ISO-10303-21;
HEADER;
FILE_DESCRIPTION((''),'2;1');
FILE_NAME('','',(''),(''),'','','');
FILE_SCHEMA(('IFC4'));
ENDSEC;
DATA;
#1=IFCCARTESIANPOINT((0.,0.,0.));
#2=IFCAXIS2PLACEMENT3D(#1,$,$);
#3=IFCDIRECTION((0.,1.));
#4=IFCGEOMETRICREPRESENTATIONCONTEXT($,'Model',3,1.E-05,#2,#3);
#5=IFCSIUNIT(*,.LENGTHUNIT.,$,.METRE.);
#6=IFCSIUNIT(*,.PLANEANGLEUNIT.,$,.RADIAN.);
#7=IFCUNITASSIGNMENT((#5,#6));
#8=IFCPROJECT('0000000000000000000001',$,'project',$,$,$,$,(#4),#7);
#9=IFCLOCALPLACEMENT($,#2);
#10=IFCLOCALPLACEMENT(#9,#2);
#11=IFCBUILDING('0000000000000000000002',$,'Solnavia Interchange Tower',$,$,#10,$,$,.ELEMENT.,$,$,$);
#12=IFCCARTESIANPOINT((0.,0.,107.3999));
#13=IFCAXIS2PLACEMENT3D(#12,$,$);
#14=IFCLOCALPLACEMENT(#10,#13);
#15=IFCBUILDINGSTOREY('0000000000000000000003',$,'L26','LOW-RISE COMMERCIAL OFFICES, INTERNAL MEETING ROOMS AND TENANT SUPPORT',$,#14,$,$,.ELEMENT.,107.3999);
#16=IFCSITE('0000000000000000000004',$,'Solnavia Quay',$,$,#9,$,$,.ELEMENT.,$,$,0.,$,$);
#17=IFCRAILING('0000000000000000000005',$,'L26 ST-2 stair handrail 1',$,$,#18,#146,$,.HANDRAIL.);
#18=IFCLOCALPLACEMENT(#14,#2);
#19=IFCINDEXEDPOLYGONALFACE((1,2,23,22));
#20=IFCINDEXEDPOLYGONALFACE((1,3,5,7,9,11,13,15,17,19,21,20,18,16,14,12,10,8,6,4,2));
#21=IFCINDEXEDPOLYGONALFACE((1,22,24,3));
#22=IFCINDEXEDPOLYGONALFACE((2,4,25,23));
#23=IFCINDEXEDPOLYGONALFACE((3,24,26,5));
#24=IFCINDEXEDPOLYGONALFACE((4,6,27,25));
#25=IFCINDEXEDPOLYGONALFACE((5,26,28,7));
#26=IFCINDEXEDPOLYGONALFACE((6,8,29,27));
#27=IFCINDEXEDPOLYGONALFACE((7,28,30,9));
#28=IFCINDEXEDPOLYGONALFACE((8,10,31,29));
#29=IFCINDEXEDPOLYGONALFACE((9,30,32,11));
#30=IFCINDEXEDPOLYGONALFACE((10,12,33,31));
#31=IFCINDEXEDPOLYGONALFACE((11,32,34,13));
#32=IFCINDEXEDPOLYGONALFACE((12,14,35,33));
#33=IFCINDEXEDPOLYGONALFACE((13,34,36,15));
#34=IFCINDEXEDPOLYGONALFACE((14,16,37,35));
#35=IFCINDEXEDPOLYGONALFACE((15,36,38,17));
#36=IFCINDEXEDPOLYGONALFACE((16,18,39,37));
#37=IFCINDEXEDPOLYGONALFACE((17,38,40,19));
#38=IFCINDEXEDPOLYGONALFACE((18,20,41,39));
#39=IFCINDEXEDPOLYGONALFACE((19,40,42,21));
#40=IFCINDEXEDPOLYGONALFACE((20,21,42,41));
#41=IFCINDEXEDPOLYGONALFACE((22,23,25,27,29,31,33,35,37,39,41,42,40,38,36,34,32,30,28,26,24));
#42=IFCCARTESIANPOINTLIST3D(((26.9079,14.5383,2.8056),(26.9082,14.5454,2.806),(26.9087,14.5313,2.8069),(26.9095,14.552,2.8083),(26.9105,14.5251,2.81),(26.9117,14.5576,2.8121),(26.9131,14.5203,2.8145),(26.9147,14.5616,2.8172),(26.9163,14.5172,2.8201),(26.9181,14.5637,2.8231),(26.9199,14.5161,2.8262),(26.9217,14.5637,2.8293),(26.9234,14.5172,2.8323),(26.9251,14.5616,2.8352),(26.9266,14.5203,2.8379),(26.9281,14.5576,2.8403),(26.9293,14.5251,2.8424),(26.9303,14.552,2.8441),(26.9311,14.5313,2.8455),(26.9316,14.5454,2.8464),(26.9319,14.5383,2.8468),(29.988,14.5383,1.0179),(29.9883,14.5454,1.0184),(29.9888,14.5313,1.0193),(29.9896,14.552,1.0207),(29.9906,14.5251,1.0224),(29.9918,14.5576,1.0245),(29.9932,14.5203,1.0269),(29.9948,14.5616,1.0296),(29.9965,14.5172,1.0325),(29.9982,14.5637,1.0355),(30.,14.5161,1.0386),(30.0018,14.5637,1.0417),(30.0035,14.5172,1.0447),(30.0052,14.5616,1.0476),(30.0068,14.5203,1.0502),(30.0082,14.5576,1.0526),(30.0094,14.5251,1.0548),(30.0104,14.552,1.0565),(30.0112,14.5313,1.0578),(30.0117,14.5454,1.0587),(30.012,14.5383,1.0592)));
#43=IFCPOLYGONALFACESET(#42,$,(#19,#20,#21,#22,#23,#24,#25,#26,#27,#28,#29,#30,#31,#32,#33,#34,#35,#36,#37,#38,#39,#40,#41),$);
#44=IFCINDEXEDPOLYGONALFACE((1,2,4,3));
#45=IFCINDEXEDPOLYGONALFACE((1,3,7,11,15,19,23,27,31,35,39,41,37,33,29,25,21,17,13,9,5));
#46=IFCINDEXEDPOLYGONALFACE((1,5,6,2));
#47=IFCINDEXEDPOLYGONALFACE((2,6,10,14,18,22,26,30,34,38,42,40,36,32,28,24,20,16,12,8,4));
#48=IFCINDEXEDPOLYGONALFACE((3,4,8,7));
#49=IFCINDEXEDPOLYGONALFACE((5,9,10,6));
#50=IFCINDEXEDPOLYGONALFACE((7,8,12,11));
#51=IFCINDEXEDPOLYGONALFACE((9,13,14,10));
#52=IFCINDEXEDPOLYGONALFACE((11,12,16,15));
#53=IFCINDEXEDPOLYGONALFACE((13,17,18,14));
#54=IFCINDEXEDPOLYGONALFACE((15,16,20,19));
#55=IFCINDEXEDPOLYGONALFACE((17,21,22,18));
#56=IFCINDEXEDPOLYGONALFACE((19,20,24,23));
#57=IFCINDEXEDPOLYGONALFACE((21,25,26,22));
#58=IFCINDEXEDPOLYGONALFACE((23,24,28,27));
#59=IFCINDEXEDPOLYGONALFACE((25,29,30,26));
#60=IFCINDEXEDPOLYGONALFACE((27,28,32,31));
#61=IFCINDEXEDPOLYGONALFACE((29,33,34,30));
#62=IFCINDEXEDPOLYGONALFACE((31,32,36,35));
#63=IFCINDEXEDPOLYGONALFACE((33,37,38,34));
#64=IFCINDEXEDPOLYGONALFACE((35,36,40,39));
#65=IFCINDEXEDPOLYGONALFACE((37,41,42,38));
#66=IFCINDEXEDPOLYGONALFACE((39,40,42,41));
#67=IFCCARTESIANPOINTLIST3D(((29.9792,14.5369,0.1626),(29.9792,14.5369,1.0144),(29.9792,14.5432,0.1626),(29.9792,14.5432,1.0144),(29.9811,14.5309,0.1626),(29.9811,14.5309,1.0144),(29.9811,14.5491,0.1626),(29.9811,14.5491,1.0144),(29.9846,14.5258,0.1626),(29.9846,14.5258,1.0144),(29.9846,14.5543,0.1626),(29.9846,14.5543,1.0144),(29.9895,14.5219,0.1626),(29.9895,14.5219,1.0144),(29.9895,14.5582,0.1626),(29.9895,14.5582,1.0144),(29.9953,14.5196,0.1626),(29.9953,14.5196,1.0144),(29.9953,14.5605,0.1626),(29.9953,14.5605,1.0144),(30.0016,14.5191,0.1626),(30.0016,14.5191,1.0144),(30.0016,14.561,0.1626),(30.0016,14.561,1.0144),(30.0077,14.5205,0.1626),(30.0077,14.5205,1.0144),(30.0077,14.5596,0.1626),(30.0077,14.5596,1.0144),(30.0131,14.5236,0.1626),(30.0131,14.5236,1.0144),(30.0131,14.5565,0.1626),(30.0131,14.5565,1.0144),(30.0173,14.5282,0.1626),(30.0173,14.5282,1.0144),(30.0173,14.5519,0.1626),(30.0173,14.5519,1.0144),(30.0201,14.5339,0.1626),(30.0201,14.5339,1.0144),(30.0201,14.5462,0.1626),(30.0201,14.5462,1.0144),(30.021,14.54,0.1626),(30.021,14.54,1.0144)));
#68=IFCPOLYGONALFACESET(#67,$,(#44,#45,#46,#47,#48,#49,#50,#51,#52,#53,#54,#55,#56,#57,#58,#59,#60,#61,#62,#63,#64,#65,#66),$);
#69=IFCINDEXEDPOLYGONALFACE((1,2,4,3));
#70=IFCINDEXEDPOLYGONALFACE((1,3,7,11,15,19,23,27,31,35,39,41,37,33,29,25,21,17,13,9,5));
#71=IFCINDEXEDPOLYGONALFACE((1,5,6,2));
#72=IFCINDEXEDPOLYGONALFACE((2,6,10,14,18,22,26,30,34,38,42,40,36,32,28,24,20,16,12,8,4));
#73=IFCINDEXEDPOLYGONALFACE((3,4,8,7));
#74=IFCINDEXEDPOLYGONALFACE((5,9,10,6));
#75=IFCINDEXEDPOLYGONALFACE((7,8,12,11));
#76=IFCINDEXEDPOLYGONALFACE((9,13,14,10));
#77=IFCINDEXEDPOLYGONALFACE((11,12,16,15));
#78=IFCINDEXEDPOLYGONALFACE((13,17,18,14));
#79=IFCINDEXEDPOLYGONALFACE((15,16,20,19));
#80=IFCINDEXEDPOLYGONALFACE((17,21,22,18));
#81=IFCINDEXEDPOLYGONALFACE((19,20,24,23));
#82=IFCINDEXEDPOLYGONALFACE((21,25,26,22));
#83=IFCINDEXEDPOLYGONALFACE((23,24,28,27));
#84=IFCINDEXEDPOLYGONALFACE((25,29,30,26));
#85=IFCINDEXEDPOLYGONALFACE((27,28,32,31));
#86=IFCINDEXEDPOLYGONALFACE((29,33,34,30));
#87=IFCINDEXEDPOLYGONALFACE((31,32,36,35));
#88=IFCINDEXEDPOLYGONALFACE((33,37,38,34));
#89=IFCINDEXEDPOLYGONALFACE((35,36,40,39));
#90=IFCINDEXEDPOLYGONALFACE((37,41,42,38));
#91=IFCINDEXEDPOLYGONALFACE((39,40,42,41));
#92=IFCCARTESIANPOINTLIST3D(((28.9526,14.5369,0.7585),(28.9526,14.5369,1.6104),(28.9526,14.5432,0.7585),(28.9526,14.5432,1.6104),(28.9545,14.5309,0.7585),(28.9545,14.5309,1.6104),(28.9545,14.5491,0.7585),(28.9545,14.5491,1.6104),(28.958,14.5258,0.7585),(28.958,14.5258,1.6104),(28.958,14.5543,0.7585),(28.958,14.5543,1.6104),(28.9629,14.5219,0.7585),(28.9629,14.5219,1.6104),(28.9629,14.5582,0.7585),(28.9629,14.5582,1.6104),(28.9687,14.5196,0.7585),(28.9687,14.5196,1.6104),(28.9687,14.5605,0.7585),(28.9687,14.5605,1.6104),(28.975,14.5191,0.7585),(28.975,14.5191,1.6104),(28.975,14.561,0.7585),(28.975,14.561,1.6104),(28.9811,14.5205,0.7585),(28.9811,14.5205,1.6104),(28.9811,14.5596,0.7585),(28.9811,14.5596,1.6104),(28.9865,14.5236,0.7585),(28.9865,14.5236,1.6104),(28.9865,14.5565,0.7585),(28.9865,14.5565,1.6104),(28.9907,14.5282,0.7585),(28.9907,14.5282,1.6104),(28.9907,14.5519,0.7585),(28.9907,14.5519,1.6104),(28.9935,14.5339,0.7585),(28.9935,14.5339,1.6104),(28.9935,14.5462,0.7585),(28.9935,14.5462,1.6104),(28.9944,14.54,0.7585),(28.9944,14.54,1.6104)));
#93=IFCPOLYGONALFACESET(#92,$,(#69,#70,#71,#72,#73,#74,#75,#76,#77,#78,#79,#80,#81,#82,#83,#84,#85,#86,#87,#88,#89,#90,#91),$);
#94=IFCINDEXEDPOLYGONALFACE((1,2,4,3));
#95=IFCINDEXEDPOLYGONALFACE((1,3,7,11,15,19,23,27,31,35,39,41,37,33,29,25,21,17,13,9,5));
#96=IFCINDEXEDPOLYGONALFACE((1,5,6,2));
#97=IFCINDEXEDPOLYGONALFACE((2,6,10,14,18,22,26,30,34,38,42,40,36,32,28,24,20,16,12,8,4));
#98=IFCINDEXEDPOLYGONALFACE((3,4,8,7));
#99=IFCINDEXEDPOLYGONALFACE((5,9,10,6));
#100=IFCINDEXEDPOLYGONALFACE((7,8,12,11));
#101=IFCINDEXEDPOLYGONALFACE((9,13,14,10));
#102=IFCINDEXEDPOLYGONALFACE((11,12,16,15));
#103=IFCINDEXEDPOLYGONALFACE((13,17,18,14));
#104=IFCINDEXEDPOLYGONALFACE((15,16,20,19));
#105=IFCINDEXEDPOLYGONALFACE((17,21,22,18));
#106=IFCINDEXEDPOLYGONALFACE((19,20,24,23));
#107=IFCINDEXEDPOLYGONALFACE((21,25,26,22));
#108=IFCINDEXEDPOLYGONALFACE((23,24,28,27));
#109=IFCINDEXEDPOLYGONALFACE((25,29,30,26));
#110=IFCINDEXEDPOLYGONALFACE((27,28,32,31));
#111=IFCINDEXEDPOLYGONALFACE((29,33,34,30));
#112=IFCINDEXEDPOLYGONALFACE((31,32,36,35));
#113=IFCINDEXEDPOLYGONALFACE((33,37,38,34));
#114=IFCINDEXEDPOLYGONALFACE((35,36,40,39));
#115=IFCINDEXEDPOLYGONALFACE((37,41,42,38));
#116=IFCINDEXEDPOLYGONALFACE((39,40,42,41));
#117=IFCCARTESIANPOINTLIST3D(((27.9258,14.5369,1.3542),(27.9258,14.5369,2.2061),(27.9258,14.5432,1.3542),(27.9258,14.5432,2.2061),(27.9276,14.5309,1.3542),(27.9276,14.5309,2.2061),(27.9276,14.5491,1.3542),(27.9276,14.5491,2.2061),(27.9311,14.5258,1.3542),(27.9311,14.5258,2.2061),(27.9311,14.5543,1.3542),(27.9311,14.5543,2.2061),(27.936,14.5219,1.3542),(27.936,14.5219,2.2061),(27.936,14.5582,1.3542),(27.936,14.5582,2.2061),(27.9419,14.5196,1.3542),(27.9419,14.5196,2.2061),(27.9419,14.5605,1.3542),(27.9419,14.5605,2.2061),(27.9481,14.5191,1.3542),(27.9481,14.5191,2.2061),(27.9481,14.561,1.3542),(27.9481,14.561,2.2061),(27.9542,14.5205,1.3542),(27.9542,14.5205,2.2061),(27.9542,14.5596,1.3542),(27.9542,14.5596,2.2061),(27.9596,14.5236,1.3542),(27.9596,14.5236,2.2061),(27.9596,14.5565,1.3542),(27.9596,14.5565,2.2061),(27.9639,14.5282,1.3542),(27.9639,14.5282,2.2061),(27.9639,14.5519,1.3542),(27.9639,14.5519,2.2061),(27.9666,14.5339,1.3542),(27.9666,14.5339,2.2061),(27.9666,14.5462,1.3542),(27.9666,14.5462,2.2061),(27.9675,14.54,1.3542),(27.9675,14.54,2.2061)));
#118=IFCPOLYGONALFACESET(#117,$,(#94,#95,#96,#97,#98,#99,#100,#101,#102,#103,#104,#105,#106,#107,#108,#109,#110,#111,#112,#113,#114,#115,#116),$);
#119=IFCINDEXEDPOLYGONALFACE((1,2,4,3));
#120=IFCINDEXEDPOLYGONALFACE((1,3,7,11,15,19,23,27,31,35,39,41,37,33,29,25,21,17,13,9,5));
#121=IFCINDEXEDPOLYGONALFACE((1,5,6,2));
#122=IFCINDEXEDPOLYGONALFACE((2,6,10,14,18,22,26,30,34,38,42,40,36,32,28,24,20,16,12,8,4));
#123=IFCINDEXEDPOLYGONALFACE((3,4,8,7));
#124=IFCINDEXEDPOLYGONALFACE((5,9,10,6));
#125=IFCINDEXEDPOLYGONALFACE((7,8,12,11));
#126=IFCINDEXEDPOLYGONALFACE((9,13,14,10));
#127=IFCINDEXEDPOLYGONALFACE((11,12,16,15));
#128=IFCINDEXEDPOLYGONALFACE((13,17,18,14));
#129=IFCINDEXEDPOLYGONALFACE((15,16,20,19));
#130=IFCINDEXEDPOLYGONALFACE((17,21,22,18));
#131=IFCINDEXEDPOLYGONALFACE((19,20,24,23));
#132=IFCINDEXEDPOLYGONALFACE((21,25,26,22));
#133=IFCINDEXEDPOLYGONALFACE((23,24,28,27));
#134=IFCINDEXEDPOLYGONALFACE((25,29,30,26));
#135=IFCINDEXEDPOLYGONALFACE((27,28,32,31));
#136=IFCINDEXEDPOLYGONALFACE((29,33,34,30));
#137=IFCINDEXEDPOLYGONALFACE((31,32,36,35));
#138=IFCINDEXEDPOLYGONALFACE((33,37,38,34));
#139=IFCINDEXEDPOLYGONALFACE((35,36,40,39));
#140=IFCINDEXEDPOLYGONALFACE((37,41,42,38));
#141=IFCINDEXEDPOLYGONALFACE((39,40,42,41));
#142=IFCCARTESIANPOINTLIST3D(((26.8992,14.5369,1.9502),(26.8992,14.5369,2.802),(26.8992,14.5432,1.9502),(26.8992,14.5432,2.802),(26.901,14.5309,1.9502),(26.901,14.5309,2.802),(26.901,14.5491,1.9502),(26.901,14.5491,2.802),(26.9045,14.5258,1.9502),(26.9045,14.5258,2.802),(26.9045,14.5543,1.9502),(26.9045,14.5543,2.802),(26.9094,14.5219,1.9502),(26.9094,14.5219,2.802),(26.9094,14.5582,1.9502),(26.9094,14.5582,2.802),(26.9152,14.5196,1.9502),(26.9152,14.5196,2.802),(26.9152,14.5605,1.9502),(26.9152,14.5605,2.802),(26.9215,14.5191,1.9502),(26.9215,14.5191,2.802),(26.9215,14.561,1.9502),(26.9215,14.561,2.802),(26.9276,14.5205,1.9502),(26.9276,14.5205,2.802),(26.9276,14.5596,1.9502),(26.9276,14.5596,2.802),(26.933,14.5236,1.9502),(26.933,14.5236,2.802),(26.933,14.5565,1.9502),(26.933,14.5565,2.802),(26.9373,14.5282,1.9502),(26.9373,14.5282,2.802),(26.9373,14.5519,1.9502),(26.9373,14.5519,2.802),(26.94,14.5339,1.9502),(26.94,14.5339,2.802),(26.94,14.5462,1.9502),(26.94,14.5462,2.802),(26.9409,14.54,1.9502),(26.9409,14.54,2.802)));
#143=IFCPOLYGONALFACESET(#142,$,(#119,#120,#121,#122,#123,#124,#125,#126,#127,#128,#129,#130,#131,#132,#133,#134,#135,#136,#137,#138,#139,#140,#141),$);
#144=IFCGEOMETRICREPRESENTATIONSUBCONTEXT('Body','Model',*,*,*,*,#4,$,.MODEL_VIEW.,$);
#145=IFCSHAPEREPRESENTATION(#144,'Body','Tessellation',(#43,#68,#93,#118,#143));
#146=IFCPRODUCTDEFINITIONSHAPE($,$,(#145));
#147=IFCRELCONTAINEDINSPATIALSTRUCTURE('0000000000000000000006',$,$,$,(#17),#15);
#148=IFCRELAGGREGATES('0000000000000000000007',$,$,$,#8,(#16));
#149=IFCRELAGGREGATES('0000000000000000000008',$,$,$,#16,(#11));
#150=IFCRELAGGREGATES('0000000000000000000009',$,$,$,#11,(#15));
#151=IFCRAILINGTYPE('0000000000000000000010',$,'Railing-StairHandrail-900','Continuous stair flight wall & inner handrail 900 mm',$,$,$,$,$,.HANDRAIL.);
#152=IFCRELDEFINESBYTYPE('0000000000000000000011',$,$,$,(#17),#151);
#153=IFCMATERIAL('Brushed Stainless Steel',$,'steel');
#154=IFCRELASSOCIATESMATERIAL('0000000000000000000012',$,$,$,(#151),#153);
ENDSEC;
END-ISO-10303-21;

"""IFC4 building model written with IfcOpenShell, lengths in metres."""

from ifc_helpers import new_model, si_unit, direction, frame, origin, origin_2d, place, context, subcontext, project, spatial, circle, extrude, material, type_object, element, save


model = new_model("IFC4")

# Units and contexts
model_context = context("Model", 3, precision=1e-05, world=origin(), true_north=direction((0.0, 1.0)))
body_context = subcontext(model_context, "Body", "Model", "MODEL_VIEW")
ifc_project = project(units=[si_unit("LENGTHUNIT", "METRE"), si_unit("PLANEANGLEUNIT", "RADIAN")], contexts=[model_context])

# Site, building, storey
site_placement = place(None, origin())
site = spatial("IfcSite", under=ifc_project, at=site_placement, Name="Solnavia Quay", CompositionType="ELEMENT", RefElevation=0.0)
building_placement = place(site_placement, origin())
building = spatial("IfcBuilding", under=site, at=building_placement, Name="Solnavia Interchange Tower", CompositionType="ELEMENT")
storey_placement = place(building_placement, frame((0.0, 0.0, 107.3999)))
storey = spatial("IfcBuildingStorey", under=building, at=storey_placement, Name="L26", Description="LOW-RISE COMMERCIAL OFFICES, INTERNAL MEETING ROOMS AND TENANT SUPPORT", CompositionType="ELEMENT", Elevation=107.3999)

# Railing
ifc_material_1 = material(Name="Brushed Stainless Steel", Category="steel")
railing_type_1 = type_object("IfcRailingType", Name="Railing-StairHandrail-900", Description="Continuous stair flight wall & inner handrail 900 mm", PredefinedType="HANDRAIL", material=ifc_material_1)
railing_1_placement = place(storey_placement, frame((30.0, 14.54, 0.1626)))
element("IfcRailing", 1, at=railing_1_placement, inside=storey, type_object=railing_type_1, Name="L26 ST-2 stair handrail 1", PredefinedType="HANDRAIL", context=body_context, shape_type="SweptSolid", body=[
    extrude(circle(Radius=0.0239, at=origin_2d()), frame((0.0, 0.0, 0.876), z_axis=(-0.864891, 0.0, 0.50196), x_axis=(0.0, -1.0, 0.0)), (0.0, 0.0, 1.0), 3.5613),
    extrude(circle(Radius=0.021, at=origin_2d()), origin(), (0.0, 0.0, 1.0), 0.8518),
    extrude(circle(Radius=0.021, at=origin_2d()), frame((-1.0266, 0.0, 0.5959)), (0.0, 0.0, 1.0), 0.8518),
    extrude(circle(Radius=0.021, at=origin_2d()), frame((-2.0535, 0.0, 1.1917)), (0.0, 0.0, 1.0), 0.8518),
    extrude(circle(Radius=0.021, at=origin_2d()), frame((-3.0801, 0.0, 1.7876)), (0.0, 0.0, 1.0), 0.8518),
])

save(model, "model.ifc")
